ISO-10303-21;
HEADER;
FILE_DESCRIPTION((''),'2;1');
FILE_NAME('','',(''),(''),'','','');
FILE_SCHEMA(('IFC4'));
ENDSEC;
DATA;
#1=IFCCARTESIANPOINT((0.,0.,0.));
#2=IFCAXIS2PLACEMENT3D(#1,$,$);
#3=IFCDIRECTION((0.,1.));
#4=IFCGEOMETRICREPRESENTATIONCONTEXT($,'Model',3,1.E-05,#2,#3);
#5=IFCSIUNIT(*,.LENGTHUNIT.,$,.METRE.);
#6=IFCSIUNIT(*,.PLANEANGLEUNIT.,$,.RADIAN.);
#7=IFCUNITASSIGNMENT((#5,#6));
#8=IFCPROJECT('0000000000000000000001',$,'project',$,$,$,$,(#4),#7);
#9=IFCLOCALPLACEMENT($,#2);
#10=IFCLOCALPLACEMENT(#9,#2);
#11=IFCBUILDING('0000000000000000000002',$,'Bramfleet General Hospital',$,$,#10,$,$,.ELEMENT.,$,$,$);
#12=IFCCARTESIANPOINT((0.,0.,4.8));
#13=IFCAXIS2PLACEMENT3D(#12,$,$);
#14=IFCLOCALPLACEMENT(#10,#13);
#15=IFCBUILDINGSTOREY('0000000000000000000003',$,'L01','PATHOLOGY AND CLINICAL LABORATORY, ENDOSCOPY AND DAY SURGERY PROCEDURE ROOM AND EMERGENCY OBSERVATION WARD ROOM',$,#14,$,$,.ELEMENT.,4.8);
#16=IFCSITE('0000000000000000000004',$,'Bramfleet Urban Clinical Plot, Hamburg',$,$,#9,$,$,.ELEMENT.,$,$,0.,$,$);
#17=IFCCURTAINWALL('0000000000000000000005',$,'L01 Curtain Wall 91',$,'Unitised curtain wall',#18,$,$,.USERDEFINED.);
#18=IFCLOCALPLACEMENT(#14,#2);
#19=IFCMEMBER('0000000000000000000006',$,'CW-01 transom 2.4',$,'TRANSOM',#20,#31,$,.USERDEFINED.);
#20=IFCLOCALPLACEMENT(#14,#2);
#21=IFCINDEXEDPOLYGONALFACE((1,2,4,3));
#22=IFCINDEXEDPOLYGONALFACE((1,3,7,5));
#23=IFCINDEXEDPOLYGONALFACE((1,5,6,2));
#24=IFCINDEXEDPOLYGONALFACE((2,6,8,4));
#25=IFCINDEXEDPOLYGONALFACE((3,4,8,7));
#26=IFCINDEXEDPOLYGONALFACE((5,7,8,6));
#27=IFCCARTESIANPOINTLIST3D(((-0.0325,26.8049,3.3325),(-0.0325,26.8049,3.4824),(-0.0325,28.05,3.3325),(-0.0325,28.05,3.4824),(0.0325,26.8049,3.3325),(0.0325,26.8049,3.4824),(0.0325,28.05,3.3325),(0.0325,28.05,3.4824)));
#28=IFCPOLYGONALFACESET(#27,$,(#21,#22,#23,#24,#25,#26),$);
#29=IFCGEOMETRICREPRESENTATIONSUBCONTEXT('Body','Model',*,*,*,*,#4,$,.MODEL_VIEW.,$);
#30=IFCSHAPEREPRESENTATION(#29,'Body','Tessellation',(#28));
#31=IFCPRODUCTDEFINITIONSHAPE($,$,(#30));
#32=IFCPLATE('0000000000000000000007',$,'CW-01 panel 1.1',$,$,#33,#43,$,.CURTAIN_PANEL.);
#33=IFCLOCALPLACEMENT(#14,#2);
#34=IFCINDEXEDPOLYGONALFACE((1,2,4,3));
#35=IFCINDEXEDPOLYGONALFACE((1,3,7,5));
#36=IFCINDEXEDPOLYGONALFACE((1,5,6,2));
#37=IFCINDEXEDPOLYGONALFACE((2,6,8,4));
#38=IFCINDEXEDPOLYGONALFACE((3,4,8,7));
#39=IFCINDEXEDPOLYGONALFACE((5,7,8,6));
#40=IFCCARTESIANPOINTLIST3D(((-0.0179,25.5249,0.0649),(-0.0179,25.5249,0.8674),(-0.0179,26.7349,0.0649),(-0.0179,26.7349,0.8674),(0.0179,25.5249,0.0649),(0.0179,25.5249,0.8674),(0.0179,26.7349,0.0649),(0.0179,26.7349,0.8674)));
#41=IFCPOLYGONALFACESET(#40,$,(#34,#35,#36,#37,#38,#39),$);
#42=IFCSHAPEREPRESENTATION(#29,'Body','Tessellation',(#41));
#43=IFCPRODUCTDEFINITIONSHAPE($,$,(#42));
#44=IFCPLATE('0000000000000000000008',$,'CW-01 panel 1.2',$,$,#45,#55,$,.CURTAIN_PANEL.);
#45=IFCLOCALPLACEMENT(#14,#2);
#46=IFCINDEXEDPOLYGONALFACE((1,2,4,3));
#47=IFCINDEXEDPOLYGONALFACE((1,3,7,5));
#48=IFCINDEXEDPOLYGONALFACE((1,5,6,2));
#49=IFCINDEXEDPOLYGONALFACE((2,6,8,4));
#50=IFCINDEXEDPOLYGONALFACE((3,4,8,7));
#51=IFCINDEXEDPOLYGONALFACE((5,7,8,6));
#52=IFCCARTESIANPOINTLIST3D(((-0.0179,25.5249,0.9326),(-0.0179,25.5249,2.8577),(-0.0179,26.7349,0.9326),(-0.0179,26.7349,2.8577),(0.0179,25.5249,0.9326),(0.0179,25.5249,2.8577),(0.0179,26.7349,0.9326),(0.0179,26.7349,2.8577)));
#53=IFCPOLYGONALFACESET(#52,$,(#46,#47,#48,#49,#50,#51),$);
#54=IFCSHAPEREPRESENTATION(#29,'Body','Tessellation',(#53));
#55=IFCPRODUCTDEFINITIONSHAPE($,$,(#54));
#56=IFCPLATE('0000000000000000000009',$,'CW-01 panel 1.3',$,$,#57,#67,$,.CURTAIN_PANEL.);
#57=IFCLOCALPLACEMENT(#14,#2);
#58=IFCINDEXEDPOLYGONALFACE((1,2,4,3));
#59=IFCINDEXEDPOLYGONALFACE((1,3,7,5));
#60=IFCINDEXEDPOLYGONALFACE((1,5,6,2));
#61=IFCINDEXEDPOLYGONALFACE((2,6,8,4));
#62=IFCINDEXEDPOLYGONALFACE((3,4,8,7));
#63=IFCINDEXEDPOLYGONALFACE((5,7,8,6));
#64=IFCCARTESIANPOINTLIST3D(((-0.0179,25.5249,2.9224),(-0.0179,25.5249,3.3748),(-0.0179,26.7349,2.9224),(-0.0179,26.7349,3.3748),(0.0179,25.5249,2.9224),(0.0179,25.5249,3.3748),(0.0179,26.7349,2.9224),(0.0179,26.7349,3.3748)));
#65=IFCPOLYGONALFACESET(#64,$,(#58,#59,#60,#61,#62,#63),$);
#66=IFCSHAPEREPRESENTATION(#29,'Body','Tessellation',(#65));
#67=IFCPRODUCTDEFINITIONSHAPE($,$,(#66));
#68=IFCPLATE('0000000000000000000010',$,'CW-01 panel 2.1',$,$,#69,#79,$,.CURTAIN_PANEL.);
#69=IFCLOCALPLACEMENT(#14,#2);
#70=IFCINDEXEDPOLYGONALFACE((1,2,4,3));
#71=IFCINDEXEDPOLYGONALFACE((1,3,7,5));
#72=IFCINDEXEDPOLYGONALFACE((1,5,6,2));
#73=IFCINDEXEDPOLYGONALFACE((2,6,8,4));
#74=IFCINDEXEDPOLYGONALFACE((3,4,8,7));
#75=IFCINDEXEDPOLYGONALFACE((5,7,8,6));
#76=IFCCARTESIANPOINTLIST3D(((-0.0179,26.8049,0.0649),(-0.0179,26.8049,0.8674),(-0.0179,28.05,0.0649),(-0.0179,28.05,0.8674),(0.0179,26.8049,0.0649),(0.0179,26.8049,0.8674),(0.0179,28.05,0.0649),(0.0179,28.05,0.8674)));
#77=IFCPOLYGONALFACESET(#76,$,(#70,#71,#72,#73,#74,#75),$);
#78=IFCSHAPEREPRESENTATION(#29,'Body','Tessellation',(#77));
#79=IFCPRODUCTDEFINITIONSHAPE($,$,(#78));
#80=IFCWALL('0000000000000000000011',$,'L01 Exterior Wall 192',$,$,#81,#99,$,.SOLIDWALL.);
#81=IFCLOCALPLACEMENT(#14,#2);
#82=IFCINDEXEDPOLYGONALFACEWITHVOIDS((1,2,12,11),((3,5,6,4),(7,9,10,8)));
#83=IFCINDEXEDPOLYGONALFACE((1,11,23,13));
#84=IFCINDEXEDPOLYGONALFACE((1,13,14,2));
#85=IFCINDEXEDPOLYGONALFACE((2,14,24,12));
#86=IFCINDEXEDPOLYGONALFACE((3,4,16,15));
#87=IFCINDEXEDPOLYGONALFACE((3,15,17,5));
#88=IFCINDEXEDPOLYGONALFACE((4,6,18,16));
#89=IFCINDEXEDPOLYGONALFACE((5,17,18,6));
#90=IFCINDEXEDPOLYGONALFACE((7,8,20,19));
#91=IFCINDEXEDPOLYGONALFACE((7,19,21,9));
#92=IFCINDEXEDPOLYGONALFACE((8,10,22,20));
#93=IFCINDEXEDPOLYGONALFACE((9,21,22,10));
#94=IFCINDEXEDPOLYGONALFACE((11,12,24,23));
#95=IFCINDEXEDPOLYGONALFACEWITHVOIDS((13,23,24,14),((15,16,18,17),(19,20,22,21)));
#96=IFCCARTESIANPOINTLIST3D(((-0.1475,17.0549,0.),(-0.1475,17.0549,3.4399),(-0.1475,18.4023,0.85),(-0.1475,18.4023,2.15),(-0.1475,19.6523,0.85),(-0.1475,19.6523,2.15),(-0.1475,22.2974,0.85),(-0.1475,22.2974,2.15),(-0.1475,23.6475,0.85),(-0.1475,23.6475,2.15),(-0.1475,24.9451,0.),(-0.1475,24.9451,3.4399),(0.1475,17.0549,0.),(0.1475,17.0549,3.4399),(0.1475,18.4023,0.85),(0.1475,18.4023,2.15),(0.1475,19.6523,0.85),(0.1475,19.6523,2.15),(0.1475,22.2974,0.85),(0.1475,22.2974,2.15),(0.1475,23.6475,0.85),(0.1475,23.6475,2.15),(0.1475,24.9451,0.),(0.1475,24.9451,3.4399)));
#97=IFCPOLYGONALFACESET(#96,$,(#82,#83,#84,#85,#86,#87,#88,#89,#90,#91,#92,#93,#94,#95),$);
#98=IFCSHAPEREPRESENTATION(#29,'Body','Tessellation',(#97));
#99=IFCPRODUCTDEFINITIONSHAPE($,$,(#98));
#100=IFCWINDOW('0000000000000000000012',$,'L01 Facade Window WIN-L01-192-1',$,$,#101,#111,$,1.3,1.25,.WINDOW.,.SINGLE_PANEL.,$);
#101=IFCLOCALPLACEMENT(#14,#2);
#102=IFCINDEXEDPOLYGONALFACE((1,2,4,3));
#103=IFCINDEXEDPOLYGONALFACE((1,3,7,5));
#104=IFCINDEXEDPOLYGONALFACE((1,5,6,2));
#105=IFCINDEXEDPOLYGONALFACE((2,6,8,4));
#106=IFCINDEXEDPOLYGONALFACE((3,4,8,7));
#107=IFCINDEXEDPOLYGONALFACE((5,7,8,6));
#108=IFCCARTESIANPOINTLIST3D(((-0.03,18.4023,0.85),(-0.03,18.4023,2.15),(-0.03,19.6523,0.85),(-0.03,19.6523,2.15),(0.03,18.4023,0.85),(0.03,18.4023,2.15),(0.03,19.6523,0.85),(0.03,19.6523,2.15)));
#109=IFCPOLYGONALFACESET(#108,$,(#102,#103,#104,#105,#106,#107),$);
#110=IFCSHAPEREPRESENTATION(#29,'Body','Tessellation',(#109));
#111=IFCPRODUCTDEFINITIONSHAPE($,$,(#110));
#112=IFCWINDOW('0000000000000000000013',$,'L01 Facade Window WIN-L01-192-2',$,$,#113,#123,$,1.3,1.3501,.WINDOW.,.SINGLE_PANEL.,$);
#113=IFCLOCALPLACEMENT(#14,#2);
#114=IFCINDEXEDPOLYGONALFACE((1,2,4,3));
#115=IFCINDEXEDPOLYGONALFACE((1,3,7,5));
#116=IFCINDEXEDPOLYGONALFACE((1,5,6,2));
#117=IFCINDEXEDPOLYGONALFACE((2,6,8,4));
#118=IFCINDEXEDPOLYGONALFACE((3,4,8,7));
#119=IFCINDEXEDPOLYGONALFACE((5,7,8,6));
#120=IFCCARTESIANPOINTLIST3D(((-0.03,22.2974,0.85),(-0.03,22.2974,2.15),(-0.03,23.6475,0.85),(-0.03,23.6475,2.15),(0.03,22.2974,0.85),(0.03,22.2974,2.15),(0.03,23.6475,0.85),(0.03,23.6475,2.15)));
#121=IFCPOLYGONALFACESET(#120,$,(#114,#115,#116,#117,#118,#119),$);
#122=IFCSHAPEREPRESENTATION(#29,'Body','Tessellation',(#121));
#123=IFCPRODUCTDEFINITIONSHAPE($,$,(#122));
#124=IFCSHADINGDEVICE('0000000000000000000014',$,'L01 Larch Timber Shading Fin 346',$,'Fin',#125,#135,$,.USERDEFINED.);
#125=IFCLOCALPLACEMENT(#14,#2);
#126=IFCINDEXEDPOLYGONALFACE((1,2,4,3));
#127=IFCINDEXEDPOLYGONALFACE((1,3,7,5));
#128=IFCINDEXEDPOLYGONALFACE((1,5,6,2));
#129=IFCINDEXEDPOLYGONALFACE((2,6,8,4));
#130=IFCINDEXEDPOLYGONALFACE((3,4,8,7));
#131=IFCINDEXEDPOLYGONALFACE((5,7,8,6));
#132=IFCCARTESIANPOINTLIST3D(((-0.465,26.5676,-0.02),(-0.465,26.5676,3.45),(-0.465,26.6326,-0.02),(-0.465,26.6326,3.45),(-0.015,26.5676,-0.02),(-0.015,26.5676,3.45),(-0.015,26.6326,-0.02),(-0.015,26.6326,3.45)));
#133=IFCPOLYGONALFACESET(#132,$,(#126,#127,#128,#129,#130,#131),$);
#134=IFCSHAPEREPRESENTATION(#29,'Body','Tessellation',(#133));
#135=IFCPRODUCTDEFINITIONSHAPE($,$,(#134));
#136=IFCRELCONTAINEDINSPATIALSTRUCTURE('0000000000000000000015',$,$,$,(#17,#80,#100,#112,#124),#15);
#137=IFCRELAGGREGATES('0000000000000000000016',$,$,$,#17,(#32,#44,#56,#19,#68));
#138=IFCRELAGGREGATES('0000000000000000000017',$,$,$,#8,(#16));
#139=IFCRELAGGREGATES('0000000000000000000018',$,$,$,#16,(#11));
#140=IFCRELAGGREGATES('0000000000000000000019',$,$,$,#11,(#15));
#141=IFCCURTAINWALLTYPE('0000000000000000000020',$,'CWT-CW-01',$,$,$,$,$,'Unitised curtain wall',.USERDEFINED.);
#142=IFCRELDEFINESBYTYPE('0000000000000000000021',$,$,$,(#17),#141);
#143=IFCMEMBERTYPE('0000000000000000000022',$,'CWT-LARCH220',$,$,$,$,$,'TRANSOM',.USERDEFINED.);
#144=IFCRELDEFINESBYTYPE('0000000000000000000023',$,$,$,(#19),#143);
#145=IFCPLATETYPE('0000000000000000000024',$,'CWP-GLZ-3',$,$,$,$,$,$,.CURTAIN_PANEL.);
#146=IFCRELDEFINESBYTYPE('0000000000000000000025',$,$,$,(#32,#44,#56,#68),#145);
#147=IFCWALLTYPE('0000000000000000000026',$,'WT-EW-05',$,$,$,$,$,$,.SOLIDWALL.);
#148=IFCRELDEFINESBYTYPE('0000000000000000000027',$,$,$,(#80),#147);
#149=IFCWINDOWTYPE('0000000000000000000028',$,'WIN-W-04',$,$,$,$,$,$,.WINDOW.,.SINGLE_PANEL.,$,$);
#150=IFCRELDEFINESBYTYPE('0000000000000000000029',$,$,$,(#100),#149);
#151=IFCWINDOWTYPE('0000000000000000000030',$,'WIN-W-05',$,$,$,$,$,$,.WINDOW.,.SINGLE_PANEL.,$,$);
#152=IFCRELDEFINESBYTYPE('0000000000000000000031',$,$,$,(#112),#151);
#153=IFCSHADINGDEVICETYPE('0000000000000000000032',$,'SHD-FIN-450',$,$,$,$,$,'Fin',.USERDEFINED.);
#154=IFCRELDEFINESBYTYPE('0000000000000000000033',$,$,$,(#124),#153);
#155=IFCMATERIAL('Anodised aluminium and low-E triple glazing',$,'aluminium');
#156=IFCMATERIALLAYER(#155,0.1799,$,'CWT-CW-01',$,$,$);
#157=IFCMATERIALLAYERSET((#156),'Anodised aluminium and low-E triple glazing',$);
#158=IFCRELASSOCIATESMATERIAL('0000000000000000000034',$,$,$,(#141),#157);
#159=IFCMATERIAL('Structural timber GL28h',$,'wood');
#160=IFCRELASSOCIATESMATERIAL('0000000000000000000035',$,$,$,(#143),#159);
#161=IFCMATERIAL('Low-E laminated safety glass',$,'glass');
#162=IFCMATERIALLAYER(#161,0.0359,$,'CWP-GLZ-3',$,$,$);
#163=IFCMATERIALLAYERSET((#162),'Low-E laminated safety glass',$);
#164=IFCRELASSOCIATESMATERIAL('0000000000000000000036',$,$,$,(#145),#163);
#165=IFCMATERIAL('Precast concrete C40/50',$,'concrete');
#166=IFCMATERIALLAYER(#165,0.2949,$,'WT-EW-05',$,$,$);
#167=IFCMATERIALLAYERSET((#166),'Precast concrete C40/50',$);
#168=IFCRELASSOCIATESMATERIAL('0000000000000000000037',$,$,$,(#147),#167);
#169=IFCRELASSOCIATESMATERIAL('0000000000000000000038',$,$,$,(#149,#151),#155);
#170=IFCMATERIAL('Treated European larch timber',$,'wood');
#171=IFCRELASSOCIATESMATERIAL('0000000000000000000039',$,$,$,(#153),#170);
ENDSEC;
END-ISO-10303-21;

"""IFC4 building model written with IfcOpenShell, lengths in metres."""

from ifc_helpers import new_model, si_unit, direction, frame, frame_2d, origin, origin_2d, place, context, subcontext, project, spatial, rectangle, extrude, material, layer, layer_set, material_profile, profile_set, type_object, element, fill, aggregate, save


model = new_model("IFC4")

# Units and contexts
model_context = context("Model", 3, precision=1e-05, world=origin(), true_north=direction((0.0, 1.0)))
body_context = subcontext(model_context, "Body", "Model", "MODEL_VIEW")
ifc_project = project(units=[si_unit("LENGTHUNIT", "METRE"), si_unit("PLANEANGLEUNIT", "RADIAN")], contexts=[model_context])

# Site, building, storey
site_placement = place(None, origin())
site = spatial("IfcSite", under=ifc_project, at=site_placement, Name="Bramfleet Urban Clinical Plot, Hamburg", CompositionType="ELEMENT", RefElevation=0.0)
building_placement = place(site_placement, origin())
building = spatial("IfcBuilding", under=site, at=building_placement, Name="Bramfleet General Hospital", CompositionType="ELEMENT")
storey_placement = place(building_placement, frame((0.0, 0.0, 4.8)))
storey = spatial("IfcBuildingStorey", under=building, at=storey_placement, Name="L01", Description="PATHOLOGY AND CLINICAL LABORATORY, ENDOSCOPY AND DAY SURGERY PROCEDURE ROOM AND EMERGENCY OBSERVATION WARD ROOM", CompositionType="ELEMENT", Elevation=4.8)

# Curtain wall, member, plates
ifc_material_1 = material(Name="Anodised aluminium and low-E triple glazing", Category="aluminium")
ifc_layer_1 = layer(ifc_material_1, 0.1799, Name="CWT-CW-01")
ifc_layer_set_1 = layer_set([ifc_layer_1], Name="Anodised aluminium and low-E triple glazing")
curtain_wall_type = type_object("IfcCurtainWallType", Name="CWT-CW-01", ElementType="Unitised curtain wall", PredefinedType="USERDEFINED", material=ifc_layer_set_1)
curtain_wall_placement = place(storey_placement, origin())
curtain_wall = element("IfcCurtainWall", 1, at=curtain_wall_placement, inside=storey, type_object=curtain_wall_type, Name="L01 Curtain Wall 91", ObjectType="Unitised curtain wall", PredefinedType="USERDEFINED")
ifc_material_2 = material(Name="Structural timber GL28h", Category="wood")
ifc_material_profile_1 = material_profile(ifc_material_2, rectangle(XDim=0.0649, YDim=0.1499, at=origin_2d()), Name="LARCH 150x65")
ifc_profile_set_1 = profile_set([ifc_material_profile_1], Name="Structural timber GL28h")
member_type_1 = type_object("IfcMemberType", Name="CWT-LARCH220", ElementType="TRANSOM", PredefinedType="USERDEFINED", material=ifc_profile_set_1)
member_1_placement = place(storey_placement, frame((0.0, 26.8049, 3.4075), z_axis=(0.0, 1.0, 0.0), x_axis=(-1.0, 0.0, 0.0)))
member_1 = element("IfcMember", 2, at=member_1_placement, type_object=member_type_1, Name="CW-01 transom 2.4", ObjectType="TRANSOM", PredefinedType="USERDEFINED", context=body_context, shape_type="SweptSolid", body=[
    extrude(rectangle(XDim=0.0649, YDim=0.1499, at=origin_2d()), origin(), (0.0, 0.0, 1.0), 1.2451),
])
ifc_material_3 = material(Name="Low-E laminated safety glass", Category="glass")
ifc_layer_2 = layer(ifc_material_3, 0.0359, Name="CWP-GLZ-3")
ifc_layer_set_2 = layer_set([ifc_layer_2], Name="Low-E laminated safety glass")
plate_type = type_object("IfcPlateType", Name="CWP-GLZ-3", PredefinedType="CURTAIN_PANEL", material=ifc_layer_set_2)
plate_1_placement = place(storey_placement, frame((0.0, 26.1299, 0.0649), z_axis=(0.0, 0.0, 1.0), x_axis=(0.0, 1.0, 0.0)))
plate_1 = element("IfcPlate", 3, at=plate_1_placement, type_object=plate_type, Name="CW-01 panel 1.1", PredefinedType="CURTAIN_PANEL", context=body_context, shape_type="SweptSolid", body=[
    extrude(rectangle(XDim=1.21, YDim=0.0359, at=origin_2d()), origin(), (0.0, 0.0, 1.0), 0.8025),
])
plate_2_placement = place(storey_placement, frame((0.0, 26.1299, 0.9326), z_axis=(0.0, 0.0, 1.0), x_axis=(0.0, 1.0, 0.0)))
plate_2 = element("IfcPlate", 4, at=plate_2_placement, type_object=plate_type, Name="CW-01 panel 1.2", PredefinedType="CURTAIN_PANEL", context=body_context, shape_type="SweptSolid", body=[
    extrude(rectangle(XDim=1.21, YDim=0.0359, at=origin_2d()), origin(), (0.0, 0.0, 1.0), 1.925),
])
plate_3_placement = place(storey_placement, frame((0.0, 26.1299, 2.9224), z_axis=(0.0, 0.0, 1.0), x_axis=(0.0, 1.0, 0.0)))
plate_3 = element("IfcPlate", 5, at=plate_3_placement, type_object=plate_type, Name="CW-01 panel 1.3", PredefinedType="CURTAIN_PANEL", context=body_context, shape_type="SweptSolid", body=[
    extrude(rectangle(XDim=1.21, YDim=0.0359, at=origin_2d()), origin(), (0.0, 0.0, 1.0), 0.4524),
])
plate_4_placement = place(storey_placement, frame((0.0, 27.4275, 0.0649), z_axis=(0.0, 0.0, 1.0), x_axis=(0.0, 1.0, 0.0)))
plate_4 = element("IfcPlate", 6, at=plate_4_placement, type_object=plate_type, Name="CW-01 panel 2.1", PredefinedType="CURTAIN_PANEL", context=body_context, shape_type="SweptSolid", body=[
    extrude(rectangle(XDim=1.2451, YDim=0.0359, at=origin_2d()), origin(), (0.0, 0.0, 1.0), 0.8025),
])
aggregate(curtain_wall, [plate_1, plate_2, plate_3, member_1, plate_4])

# Wall, openings, windows
ifc_material_4 = material(Name="Precast concrete C40/50", Category="concrete")
ifc_layer_3 = layer(ifc_material_4, 0.2949, Name="WT-EW-05")
ifc_layer_set_3 = layer_set([ifc_layer_3], Name="Precast concrete C40/50")
wall_type = type_object("IfcWallType", Name="WT-EW-05", PredefinedType="SOLIDWALL", material=ifc_layer_set_3)
wall_placement = place(storey_placement, frame((0.0, 17.0549, 0.0), z_axis=(0.0, 0.0, 1.0), x_axis=(0.0, 1.0, 0.0)))
wall = element("IfcWall", 7, at=wall_placement, inside=storey, type_object=wall_type, Name="L01 Exterior Wall 192", PredefinedType="SOLIDWALL", context=body_context, shape_type="SweptSolid", body=[
    extrude(rectangle(XDim=7.8901, YDim=0.2949, at=frame_2d((3.9451, 0.0))), origin(), (0.0, 0.0, 1.0), 3.4399),
])
opening_1_placement = place(wall_placement, frame((1.3474, 0.0, 0.8501)))
opening_1 = element("IfcOpeningElement", 8, at=opening_1_placement, cuts=wall, PredefinedType="OPENING", context=body_context, shape_type="SweptSolid", body=[
    extrude(rectangle(XDim=1.25, YDim=1.3, at=frame_2d((0.625, 0.6499))), frame((0.0, 0.1575, 0.0), z_axis=(0.0, -1.0, 0.0), x_axis=(1.0, 0.0, 0.0)), (0.0, 0.0, 1.0), 0.3149),
])
opening_2_placement = place(wall_placement, frame((5.2424, 0.0, 0.8501)))
opening_2 = element("IfcOpeningElement", 9, at=opening_2_placement, cuts=wall, PredefinedType="OPENING", context=body_context, shape_type="SweptSolid", body=[
    extrude(rectangle(XDim=1.3501, YDim=1.3, at=frame_2d((0.675, 0.6499))), frame((0.0, 0.1575, 0.0), z_axis=(0.0, -1.0, 0.0), x_axis=(1.0, 0.0, 0.0)), (0.0, 0.0, 1.0), 0.3149),
])
window_type_1 = type_object("IfcWindowType", Name="WIN-W-04", PartitioningType="SINGLE_PANEL", PredefinedType="WINDOW", material=ifc_material_1)
window_1_placement = place(opening_1_placement, origin())
window_1 = element("IfcWindow", 10, at=window_1_placement, inside=storey, type_object=window_type_1, Name="L01 Facade Window WIN-L01-192-1", OverallHeight=1.3, OverallWidth=1.25, PartitioningType="SINGLE_PANEL", PredefinedType="WINDOW", context=body_context, shape_type="SweptSolid", body=[
    extrude(rectangle(XDim=1.25, YDim=1.3, at=frame_2d((0.625, 0.6499))), frame((0.0, 0.03, 0.0), z_axis=(0.0, -1.0, 0.0), x_axis=(1.0, 0.0, 0.0)), (0.0, 0.0, 1.0), 0.0601),
])
fill(opening_1, window_1)
window_type_2 = type_object("IfcWindowType", Name="WIN-W-05", PartitioningType="SINGLE_PANEL", PredefinedType="WINDOW", material=ifc_material_1)
window_2_placement = place(opening_2_placement, origin())
window_2 = element("IfcWindow", 11, at=window_2_placement, inside=storey, type_object=window_type_2, Name="L01 Facade Window WIN-L01-192-2", OverallHeight=1.3, OverallWidth=1.3501, PartitioningType="SINGLE_PANEL", PredefinedType="WINDOW", context=body_context, shape_type="SweptSolid", body=[
    extrude(rectangle(XDim=1.3501, YDim=1.3, at=frame_2d((0.675, 0.6499))), frame((0.0, 0.03, 0.0), z_axis=(0.0, -1.0, 0.0), x_axis=(1.0, 0.0, 0.0)), (0.0, 0.0, 1.0), 0.0601),
])
fill(opening_2, window_2)

# Shading device
ifc_material_5 = material(Name="Treated European larch timber", Category="wood")
ifc_material_profile_2 = material_profile(ifc_material_5, rectangle(XDim=0.0649, YDim=0.45, at=origin_2d()), Name="LARCH FIN 450x65")
ifc_profile_set_2 = profile_set([ifc_material_profile_2], Name="Treated European larch timber")
shading_device_type = type_object("IfcShadingDeviceType", Name="SHD-FIN-450", ElementType="Fin", PredefinedType="USERDEFINED", material=ifc_profile_set_2)
shading_device_placement = place(storey_placement, frame((-0.24, 26.6001, -0.02), z_axis=(0.0, 0.0, 1.0), x_axis=(0.0, 1.0, 0.0)))
element("IfcShadingDevice", 12, at=shading_device_placement, inside=storey, type_object=shading_device_type, Name="L01 Larch Timber Shading Fin 346", ObjectType="Fin", PredefinedType="USERDEFINED", context=body_context, shape_type="SweptSolid", body=[
    extrude(rectangle(XDim=0.0649, YDim=0.45, at=origin_2d()), origin(), (0.0, 0.0, 1.0), 3.47),
])

save(model, "model.ifc")
